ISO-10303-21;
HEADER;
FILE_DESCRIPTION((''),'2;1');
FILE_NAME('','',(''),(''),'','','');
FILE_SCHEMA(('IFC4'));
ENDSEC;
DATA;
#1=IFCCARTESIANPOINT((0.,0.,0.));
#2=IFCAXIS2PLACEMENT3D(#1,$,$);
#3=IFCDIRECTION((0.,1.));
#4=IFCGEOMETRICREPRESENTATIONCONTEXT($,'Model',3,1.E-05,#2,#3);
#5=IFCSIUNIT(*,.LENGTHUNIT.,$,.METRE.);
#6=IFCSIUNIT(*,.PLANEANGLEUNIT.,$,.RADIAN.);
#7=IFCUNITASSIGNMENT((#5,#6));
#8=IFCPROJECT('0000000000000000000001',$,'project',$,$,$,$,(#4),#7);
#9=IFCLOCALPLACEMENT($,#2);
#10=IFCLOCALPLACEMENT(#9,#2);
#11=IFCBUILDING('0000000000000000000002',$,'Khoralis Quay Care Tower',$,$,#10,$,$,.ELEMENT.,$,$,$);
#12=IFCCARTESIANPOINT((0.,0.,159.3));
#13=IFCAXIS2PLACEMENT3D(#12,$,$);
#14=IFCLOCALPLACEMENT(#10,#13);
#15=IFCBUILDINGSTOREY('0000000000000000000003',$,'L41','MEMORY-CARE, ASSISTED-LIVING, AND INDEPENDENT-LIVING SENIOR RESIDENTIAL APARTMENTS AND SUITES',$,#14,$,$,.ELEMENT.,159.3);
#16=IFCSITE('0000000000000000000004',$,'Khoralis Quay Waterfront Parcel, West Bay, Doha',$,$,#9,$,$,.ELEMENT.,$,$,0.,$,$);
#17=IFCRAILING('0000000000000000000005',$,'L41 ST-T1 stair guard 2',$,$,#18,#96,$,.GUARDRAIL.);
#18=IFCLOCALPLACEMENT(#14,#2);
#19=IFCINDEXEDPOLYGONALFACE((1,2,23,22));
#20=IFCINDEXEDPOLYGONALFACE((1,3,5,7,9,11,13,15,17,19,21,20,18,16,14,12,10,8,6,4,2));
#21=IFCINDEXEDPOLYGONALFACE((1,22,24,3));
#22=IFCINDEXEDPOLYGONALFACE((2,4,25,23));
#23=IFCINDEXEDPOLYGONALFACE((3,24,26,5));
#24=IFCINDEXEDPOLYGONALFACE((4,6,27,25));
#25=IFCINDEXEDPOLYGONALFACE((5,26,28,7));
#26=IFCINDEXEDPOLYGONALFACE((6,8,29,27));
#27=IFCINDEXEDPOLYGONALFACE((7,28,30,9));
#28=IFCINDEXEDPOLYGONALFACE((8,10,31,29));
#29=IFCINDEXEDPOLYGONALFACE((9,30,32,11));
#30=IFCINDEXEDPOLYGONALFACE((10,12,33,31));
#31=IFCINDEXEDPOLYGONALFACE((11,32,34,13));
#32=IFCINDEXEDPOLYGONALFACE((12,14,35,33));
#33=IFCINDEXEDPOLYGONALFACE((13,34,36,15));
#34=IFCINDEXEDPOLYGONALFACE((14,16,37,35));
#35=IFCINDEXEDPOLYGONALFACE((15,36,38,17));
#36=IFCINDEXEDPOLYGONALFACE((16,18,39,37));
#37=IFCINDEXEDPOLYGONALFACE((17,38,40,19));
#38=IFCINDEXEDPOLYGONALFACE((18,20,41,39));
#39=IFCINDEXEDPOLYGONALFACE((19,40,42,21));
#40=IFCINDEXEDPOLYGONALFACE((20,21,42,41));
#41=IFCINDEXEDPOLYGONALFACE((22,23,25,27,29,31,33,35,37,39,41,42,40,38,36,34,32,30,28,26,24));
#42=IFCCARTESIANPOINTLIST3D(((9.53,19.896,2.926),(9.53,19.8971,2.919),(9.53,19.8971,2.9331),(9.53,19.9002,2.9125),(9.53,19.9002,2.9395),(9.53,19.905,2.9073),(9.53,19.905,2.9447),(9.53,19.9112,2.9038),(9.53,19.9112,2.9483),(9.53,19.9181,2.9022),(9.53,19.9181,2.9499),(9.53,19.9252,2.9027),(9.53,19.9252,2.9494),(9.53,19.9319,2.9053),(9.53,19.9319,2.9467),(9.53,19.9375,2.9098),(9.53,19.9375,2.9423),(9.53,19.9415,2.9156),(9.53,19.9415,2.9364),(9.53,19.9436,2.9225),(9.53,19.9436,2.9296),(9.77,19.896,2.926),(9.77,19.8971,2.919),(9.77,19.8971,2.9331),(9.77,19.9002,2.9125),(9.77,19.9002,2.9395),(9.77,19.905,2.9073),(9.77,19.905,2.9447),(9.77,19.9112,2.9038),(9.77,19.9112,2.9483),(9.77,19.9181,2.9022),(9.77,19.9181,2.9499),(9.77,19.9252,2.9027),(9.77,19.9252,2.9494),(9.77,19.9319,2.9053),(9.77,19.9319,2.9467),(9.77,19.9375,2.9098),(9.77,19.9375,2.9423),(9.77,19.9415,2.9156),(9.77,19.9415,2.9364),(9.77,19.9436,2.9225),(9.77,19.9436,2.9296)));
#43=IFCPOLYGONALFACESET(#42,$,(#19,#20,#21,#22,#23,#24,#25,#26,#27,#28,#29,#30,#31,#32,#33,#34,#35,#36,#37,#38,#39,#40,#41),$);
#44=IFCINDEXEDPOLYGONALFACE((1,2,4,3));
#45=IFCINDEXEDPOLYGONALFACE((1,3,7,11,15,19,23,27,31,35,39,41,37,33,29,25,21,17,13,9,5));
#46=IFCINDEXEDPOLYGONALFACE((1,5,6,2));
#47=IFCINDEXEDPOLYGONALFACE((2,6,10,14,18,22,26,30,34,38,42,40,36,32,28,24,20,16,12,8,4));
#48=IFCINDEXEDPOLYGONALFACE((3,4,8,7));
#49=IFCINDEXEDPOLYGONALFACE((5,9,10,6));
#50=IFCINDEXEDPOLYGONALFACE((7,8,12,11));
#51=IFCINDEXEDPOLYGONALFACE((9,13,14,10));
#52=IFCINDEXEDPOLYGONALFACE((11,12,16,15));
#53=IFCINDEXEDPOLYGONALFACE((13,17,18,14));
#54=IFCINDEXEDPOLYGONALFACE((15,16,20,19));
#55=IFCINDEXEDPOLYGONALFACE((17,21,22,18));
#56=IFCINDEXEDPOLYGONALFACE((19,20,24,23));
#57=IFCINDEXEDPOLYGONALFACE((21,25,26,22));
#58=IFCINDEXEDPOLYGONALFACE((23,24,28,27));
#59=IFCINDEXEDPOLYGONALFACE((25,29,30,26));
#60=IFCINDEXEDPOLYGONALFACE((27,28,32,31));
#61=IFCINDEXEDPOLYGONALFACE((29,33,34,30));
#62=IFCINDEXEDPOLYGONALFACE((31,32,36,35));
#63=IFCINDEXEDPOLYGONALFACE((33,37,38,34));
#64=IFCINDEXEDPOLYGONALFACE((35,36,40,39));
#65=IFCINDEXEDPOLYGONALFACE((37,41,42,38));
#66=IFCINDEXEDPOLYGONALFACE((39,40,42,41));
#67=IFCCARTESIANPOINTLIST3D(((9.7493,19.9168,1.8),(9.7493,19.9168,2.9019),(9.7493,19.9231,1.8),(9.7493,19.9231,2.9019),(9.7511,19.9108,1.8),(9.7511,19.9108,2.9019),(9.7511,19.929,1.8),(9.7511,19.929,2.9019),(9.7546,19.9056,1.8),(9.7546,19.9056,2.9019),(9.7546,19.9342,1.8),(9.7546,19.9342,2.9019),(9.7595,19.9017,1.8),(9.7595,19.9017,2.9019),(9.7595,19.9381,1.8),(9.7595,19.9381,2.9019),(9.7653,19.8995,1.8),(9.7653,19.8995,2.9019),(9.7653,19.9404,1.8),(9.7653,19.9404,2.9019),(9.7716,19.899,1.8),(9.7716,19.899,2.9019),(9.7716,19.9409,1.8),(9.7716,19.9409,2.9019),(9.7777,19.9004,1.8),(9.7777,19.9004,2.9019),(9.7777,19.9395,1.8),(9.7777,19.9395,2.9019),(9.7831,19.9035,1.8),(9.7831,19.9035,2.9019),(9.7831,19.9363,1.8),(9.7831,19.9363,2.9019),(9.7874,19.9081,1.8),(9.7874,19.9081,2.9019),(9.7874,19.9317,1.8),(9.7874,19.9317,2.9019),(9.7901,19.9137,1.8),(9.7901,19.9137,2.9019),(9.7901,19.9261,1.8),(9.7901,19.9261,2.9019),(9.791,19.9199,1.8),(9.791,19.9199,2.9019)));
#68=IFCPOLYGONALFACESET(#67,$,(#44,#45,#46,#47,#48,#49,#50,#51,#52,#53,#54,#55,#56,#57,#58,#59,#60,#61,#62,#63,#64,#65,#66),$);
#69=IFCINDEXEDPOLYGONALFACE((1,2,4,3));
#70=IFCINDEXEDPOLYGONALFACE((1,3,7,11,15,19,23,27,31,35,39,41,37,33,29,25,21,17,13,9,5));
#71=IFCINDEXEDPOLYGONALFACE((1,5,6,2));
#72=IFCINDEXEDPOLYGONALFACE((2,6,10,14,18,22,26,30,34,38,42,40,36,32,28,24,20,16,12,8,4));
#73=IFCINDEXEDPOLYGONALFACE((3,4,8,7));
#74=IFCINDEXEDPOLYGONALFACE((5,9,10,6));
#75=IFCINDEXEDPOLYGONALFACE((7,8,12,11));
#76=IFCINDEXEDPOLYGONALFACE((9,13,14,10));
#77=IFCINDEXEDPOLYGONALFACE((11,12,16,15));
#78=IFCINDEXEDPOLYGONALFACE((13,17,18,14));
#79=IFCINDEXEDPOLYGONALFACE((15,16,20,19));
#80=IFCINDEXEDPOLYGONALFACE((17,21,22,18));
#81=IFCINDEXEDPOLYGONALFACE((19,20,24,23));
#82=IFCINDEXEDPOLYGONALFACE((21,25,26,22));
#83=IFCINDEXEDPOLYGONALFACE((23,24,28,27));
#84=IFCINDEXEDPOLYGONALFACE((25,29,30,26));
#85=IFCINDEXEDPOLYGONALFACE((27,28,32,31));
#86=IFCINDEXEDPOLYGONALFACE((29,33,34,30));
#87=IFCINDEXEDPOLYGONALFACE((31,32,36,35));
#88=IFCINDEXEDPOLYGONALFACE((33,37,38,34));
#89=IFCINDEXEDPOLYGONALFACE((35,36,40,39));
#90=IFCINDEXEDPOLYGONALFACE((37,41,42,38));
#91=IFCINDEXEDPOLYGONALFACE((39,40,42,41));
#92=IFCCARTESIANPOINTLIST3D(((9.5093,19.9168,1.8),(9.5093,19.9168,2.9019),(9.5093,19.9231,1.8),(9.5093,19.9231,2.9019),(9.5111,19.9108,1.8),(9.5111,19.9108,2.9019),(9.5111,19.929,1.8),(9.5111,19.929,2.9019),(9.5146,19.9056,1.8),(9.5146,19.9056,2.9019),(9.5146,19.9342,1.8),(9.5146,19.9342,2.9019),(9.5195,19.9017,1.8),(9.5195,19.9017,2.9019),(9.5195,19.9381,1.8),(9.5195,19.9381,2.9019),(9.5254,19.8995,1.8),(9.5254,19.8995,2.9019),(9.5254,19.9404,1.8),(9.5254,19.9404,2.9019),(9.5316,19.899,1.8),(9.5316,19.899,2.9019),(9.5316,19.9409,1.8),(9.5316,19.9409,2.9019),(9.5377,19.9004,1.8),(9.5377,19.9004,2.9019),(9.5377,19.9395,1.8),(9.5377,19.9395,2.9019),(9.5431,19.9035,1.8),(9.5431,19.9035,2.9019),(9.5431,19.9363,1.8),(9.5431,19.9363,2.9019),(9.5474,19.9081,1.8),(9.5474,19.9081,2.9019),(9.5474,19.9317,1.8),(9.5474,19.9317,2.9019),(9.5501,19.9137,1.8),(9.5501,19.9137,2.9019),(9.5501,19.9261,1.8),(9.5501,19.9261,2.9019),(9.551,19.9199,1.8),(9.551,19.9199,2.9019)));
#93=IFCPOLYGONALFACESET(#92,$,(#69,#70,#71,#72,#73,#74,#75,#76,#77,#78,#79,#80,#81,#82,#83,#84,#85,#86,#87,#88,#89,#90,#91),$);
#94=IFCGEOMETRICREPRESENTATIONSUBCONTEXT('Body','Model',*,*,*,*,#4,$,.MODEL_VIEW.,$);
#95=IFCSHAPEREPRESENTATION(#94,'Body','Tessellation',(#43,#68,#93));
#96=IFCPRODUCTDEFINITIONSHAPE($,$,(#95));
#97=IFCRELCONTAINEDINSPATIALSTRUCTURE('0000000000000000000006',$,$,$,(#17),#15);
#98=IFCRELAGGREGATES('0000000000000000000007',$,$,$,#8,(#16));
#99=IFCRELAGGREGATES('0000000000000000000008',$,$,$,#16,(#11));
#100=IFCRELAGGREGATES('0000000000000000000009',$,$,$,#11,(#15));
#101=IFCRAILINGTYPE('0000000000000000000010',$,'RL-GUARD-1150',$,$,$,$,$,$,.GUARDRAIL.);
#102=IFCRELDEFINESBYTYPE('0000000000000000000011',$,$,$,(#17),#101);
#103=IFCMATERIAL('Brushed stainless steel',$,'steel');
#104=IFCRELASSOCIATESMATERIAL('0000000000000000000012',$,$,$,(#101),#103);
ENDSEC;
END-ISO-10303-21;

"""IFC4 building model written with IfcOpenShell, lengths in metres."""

from ifc_helpers import new_model, si_unit, direction, frame, origin, origin_2d, place, context, subcontext, project, spatial, circle, extrude, material, type_object, element, save


model = new_model("IFC4")

# Units and contexts
model_context = context("Model", 3, precision=1e-05, world=origin(), true_north=direction((0.0, 1.0)))
body_context = subcontext(model_context, "Body", "Model", "MODEL_VIEW")
ifc_project = project(units=[si_unit("LENGTHUNIT", "METRE"), si_unit("PLANEANGLEUNIT", "RADIAN")], contexts=[model_context])

# Site, building, storey
site_placement = place(None, origin())
site = spatial("IfcSite", under=ifc_project, at=site_placement, Name="Khoralis Quay Waterfront Parcel, West Bay, Doha", CompositionType="ELEMENT", RefElevation=0.0)
building_placement = place(site_placement, origin())
building = spatial("IfcBuilding", under=site, at=building_placement, Name="Khoralis Quay Care Tower", CompositionType="ELEMENT")
storey_placement = place(building_placement, frame((0.0, 0.0, 159.3)))
storey = spatial("IfcBuildingStorey", under=building, at=storey_placement, Name="L41", Description="MEMORY-CARE, ASSISTED-LIVING, AND INDEPENDENT-LIVING SENIOR RESIDENTIAL APARTMENTS AND SUITES", CompositionType="ELEMENT", Elevation=159.3)

# Shared definitions
ifc_material_1 = material(Name="Brushed stainless steel", Category="steel")

# Railing
railing_type_1 = type_object("IfcRailingType", Name="RL-GUARD-1150", PredefinedType="GUARDRAIL", material=ifc_material_1)
railing_1_placement = place(storey_placement, frame((9.77, 19.9199, 1.8)))
element("IfcRailing", 1, at=railing_1_placement, inside=storey, type_object=railing_type_1, Name="L41 ST-T1 stair guard 2", PredefinedType="GUARDRAIL", context=body_context, shape_type="SweptSolid", body=[
    extrude(circle(Radius=0.0239, at=origin_2d()), frame((0.0, 0.0, 1.126), z_axis=(-1.0, 0.0, 0.0), x_axis=(0.0, -1.0, 0.0)), (0.0, 0.0, 1.0), 0.24),
    extrude(circle(Radius=0.021, at=origin_2d()), origin(), (0.0, 0.0, 1.0), 1.1018),
    extrude(circle(Radius=0.021, at=origin_2d()), frame((-0.24, 0.0, 0.0)), (0.0, 0.0, 1.0), 1.1018),
])

save(model, "model.ifc")
